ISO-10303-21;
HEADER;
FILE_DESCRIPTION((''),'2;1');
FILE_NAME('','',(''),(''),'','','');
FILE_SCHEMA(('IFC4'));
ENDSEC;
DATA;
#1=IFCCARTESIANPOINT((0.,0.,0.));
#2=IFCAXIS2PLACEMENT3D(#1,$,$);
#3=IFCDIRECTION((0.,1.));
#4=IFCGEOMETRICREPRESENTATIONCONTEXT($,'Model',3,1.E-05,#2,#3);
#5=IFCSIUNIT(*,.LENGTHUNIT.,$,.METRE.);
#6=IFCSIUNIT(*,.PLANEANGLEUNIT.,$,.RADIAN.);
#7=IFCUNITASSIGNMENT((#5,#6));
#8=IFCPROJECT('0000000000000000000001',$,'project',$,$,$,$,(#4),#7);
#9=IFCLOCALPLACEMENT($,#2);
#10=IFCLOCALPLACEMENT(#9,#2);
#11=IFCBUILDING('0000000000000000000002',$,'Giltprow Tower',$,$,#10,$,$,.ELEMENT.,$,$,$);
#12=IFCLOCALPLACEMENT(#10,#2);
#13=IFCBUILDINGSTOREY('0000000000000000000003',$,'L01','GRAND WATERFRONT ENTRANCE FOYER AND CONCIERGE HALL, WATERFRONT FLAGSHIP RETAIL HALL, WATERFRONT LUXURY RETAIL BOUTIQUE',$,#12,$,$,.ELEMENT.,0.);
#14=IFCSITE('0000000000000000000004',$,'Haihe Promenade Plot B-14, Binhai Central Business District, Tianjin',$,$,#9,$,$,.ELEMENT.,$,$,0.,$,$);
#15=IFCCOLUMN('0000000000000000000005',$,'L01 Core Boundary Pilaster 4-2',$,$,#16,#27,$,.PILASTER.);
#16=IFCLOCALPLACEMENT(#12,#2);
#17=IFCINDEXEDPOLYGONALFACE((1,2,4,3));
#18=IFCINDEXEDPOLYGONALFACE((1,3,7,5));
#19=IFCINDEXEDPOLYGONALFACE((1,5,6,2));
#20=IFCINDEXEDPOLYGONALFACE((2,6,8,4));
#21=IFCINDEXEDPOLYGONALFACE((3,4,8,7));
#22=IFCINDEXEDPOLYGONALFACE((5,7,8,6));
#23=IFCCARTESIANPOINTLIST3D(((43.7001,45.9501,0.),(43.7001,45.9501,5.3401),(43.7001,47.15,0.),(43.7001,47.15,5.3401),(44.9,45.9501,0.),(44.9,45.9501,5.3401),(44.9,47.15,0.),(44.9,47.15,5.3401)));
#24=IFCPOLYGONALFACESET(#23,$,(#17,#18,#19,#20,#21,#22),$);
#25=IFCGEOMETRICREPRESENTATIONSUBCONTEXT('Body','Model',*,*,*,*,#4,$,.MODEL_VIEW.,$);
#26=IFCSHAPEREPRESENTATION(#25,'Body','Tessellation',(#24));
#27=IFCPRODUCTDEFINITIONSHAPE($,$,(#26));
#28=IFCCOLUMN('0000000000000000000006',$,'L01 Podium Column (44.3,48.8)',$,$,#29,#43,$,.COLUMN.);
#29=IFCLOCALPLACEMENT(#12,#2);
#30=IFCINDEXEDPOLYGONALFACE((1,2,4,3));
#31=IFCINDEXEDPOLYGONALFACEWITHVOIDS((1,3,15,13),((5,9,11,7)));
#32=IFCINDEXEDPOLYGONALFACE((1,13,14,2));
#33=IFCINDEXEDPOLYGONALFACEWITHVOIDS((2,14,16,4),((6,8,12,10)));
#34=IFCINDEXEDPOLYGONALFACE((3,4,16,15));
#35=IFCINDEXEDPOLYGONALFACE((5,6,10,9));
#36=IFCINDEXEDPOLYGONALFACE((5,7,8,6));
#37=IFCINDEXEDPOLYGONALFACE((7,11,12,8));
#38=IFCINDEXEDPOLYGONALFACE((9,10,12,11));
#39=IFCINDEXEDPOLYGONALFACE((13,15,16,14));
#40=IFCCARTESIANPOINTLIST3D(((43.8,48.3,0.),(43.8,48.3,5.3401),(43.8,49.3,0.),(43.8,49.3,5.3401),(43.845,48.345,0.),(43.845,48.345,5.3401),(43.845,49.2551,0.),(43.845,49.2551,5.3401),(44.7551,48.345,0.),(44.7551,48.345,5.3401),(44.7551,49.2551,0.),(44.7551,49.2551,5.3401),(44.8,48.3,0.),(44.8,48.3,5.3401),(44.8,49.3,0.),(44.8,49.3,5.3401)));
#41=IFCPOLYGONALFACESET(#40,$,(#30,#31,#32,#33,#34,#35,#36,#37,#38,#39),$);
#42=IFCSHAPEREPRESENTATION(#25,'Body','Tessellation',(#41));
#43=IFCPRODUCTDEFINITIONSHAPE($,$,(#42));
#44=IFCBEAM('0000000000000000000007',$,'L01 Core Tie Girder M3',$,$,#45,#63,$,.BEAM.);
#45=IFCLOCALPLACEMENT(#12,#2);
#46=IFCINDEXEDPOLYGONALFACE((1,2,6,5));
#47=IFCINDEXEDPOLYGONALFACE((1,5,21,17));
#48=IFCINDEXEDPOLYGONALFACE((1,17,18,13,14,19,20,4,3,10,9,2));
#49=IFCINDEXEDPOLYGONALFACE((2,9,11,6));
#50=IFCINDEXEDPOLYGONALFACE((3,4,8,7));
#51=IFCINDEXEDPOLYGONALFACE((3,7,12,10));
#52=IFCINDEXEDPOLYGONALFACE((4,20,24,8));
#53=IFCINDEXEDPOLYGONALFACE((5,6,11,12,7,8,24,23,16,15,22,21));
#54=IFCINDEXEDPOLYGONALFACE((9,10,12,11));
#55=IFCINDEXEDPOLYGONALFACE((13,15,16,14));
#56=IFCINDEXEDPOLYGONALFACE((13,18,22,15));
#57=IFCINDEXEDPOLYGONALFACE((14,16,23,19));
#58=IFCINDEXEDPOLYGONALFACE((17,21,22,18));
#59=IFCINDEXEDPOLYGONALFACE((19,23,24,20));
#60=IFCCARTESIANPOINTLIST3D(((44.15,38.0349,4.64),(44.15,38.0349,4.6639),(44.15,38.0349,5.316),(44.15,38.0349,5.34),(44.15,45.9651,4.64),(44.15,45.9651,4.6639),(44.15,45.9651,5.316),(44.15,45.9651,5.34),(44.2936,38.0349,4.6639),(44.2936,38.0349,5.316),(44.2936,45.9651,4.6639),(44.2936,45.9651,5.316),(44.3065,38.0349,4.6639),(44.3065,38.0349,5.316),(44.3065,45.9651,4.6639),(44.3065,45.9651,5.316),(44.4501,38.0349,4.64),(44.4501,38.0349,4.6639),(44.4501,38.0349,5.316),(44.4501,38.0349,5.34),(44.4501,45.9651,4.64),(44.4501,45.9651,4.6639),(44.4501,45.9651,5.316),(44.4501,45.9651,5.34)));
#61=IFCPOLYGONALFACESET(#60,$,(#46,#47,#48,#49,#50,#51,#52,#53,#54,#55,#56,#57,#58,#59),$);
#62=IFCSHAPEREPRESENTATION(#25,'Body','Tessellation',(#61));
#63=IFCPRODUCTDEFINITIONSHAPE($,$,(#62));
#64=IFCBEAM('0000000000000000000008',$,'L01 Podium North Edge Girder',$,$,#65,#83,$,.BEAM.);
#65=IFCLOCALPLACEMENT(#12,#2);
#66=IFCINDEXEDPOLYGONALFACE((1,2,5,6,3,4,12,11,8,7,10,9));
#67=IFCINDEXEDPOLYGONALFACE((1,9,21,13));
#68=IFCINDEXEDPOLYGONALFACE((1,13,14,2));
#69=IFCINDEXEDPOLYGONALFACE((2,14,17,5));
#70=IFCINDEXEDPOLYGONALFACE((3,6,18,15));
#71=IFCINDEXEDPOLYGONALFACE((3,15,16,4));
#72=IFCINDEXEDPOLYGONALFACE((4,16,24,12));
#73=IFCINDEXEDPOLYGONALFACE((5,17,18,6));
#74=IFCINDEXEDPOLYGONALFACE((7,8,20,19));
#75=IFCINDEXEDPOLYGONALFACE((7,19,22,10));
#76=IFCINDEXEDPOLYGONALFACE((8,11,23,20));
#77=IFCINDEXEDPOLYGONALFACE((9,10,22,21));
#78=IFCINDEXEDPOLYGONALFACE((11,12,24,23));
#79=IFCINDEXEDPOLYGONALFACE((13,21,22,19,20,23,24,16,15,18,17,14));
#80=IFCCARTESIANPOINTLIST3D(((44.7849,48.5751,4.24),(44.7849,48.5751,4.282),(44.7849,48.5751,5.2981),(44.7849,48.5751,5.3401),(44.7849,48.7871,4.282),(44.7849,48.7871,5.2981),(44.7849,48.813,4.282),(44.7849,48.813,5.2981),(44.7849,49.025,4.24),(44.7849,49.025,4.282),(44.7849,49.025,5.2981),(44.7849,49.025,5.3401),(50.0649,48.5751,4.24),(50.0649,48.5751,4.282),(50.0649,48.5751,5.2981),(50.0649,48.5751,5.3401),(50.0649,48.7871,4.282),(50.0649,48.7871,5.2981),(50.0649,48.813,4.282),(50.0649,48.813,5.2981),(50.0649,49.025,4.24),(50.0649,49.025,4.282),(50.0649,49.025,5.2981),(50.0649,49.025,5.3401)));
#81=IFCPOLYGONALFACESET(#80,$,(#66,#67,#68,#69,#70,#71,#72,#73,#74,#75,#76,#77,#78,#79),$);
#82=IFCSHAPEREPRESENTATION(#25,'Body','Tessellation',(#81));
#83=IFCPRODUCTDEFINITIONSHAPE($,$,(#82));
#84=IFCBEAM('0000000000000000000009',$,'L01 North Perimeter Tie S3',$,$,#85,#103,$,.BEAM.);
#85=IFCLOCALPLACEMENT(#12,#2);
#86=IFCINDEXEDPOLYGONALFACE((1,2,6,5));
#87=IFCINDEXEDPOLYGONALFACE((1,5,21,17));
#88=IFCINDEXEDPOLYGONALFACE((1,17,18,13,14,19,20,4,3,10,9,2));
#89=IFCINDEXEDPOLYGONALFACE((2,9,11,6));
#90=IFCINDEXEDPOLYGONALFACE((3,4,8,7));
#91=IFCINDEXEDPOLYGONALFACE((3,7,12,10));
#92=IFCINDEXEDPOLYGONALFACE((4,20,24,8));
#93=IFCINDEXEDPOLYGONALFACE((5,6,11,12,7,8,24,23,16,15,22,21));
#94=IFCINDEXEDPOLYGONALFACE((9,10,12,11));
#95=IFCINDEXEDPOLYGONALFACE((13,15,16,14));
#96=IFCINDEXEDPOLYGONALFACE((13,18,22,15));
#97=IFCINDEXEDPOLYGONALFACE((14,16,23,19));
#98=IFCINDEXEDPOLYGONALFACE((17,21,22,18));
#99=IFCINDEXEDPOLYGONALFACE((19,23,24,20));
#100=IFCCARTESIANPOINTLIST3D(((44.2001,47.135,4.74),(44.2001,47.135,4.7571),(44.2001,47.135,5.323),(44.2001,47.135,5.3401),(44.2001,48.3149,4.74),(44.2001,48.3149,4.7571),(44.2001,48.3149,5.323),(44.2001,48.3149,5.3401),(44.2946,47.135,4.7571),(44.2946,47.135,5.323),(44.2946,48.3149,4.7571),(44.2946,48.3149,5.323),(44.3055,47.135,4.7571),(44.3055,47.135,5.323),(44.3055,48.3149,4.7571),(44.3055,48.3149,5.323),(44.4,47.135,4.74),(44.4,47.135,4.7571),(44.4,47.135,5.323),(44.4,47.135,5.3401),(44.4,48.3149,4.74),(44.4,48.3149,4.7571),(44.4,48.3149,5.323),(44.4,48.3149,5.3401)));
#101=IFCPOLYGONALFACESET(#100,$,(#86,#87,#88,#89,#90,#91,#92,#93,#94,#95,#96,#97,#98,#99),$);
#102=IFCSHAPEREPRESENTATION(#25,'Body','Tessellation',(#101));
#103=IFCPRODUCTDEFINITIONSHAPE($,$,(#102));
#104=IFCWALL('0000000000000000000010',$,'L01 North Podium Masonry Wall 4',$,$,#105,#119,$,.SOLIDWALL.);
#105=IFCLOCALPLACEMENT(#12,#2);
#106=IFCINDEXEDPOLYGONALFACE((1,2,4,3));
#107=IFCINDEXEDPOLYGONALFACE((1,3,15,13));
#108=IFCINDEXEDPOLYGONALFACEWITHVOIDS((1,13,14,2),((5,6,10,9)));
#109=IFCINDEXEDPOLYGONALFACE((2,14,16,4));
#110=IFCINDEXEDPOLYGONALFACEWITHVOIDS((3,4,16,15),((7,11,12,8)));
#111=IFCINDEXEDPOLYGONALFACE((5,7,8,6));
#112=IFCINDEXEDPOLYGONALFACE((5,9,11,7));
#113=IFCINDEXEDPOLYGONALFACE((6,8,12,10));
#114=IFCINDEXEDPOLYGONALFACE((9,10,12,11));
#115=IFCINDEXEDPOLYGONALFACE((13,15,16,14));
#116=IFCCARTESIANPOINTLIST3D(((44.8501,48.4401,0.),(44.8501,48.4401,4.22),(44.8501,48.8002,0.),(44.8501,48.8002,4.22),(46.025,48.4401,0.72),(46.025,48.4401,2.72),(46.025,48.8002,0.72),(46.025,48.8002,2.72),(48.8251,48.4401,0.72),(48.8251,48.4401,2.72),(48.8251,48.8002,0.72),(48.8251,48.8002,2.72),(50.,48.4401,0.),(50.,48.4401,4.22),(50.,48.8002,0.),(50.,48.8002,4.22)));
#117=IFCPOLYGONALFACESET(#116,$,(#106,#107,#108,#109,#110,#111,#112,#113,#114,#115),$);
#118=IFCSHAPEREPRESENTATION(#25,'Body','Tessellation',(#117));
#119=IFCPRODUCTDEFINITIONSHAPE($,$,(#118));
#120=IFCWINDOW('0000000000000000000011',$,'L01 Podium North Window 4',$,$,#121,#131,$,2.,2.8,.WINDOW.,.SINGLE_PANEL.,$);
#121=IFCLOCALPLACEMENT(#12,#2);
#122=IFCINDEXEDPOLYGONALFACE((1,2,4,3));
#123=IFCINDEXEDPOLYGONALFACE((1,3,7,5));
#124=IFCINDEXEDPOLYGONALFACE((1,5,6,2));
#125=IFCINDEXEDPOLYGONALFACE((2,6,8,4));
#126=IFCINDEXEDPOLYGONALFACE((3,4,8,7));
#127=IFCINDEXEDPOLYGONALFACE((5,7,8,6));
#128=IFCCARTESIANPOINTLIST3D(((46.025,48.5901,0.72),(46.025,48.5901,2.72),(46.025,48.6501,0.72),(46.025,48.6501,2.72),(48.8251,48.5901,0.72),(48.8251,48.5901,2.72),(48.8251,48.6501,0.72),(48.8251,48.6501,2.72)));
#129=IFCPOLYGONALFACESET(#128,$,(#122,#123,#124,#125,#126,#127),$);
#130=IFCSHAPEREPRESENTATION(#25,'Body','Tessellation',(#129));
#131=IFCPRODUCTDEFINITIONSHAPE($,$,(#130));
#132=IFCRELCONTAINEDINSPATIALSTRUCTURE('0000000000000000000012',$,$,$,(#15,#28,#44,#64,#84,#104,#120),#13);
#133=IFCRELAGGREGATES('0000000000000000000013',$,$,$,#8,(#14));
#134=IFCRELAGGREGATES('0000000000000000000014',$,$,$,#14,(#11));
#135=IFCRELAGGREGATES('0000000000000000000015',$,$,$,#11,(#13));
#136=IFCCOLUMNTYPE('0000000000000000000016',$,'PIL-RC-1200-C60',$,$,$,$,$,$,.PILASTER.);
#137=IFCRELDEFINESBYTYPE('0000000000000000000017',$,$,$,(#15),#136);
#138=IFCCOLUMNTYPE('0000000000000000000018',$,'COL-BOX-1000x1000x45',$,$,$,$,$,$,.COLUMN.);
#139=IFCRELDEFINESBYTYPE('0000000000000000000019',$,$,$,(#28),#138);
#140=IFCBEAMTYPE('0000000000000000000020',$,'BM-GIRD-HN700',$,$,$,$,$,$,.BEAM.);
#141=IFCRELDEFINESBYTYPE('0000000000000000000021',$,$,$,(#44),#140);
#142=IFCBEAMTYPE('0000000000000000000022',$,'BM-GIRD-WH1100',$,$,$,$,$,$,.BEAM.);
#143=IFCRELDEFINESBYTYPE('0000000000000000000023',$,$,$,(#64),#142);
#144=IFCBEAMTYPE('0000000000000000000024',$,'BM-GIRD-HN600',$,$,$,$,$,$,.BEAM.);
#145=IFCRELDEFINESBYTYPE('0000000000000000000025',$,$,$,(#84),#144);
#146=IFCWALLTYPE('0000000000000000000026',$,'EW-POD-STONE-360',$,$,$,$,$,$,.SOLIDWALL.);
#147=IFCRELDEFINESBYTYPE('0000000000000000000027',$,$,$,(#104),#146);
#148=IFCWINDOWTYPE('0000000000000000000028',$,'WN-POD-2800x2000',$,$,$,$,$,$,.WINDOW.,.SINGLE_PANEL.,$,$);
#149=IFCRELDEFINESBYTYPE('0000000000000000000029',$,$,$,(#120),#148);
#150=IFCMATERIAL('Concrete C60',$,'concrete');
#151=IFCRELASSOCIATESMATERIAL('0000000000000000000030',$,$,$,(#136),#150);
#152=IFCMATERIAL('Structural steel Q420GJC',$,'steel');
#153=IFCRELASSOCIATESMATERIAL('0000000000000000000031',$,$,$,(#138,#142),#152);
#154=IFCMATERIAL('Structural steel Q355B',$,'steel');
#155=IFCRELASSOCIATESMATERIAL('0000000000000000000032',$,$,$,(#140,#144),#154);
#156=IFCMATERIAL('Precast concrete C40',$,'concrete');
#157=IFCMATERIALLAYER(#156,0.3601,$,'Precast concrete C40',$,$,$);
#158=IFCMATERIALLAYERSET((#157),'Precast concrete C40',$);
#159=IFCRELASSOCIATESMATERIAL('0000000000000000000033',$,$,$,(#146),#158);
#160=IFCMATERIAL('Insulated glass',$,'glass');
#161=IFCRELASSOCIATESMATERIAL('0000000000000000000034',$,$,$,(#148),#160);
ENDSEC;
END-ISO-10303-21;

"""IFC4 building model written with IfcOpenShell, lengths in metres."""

from ifc_helpers import new_model, si_unit, direction, frame, frame_2d, origin, origin_2d, place, context, subcontext, project, spatial, rectangle, hollow_rectangle, i_section, extrude, source, transform, mapped, material, layer, layer_set, material_profile, profile_set, type_object, element, fill, save


model = new_model("IFC4")

# Units and contexts
model_context = context("Model", 3, precision=1e-05, world=origin(), true_north=direction((0.0, 1.0)))
body_context = subcontext(model_context, "Body", "Model", "MODEL_VIEW")
ifc_project = project(units=[si_unit("LENGTHUNIT", "METRE"), si_unit("PLANEANGLEUNIT", "RADIAN")], contexts=[model_context])

# Site, building, storey
site_placement = place(None, origin())
site = spatial("IfcSite", under=ifc_project, at=site_placement, Name="Haihe Promenade Plot B-14, Binhai Central Business District, Tianjin", CompositionType="ELEMENT", RefElevation=0.0)
building_placement = place(site_placement, origin())
building = spatial("IfcBuilding", under=site, at=building_placement, Name="Giltprow Tower", CompositionType="ELEMENT")
storey_placement = place(building_placement, origin())
storey = spatial("IfcBuildingStorey", under=building, at=storey_placement, Name="L01", Description="GRAND WATERFRONT ENTRANCE FOYER AND CONCIERGE HALL, WATERFRONT FLAGSHIP RETAIL HALL, WATERFRONT LUXURY RETAIL BOUTIQUE", CompositionType="ELEMENT", Elevation=0.0)

# Columns
ifc_material_1 = material(Name="Concrete C60", Category="concrete")
ifc_material_profile_1 = material_profile(ifc_material_1, rectangle(XDim=1.2, YDim=1.2, at=origin_2d()), Name="RC 1200x1200")
ifc_profile_set_1 = profile_set([ifc_material_profile_1], Name="Concrete C60")
column_type_1 = type_object("IfcColumnType", Name="PIL-RC-1200-C60", PredefinedType="PILASTER", material=ifc_profile_set_1)
shared_shape_1 = source(origin(), body_context, "Body", "SweptSolid", [
    extrude(rectangle(XDim=1.2, YDim=1.2, at=origin_2d()), origin(), (0.0, 0.0, 1.0), 5.3401),
])
column_1_placement = place(storey_placement, frame((44.3, 46.55, 0.0), z_axis=(0.0, 0.0, 1.0), x_axis=(1.0, 0.0, 0.0)))
element("IfcColumn", 1, at=column_1_placement, inside=storey, type_object=column_type_1, Name="L01 Core Boundary Pilaster 4-2", PredefinedType="PILASTER", context=body_context, shape_type="MappedRepresentation", body=[
    mapped(shared_shape_1, transform((0.0, 0.0, 0.0), x_axis=(1.0, 0.0, 0.0), y_axis=(0.0, 1.0, 0.0), z_axis=(0.0, 0.0, 1.0), scale=1.0)),
])
ifc_material_2 = material(Name="Structural steel Q420GJC", Category="steel")
ifc_material_profile_2 = material_profile(ifc_material_2, hollow_rectangle(XDim=1.0, YDim=1.0, WallThickness=0.0449, at=origin_2d()), Name="BOX 1000x1000x45")
ifc_profile_set_2 = profile_set([ifc_material_profile_2], Name="Structural steel Q420GJC")
column_type_2 = type_object("IfcColumnType", Name="COL-BOX-1000x1000x45", PredefinedType="COLUMN", material=ifc_profile_set_2)
shared_shape_2 = source(origin(), body_context, "Body", "SweptSolid", [
    extrude(hollow_rectangle(XDim=1.0, YDim=1.0, WallThickness=0.0449, at=origin_2d()), origin(), (0.0, 0.0, 1.0), 5.3401),
])
column_2_placement = place(storey_placement, frame((44.3, 48.8, 0.0), z_axis=(0.0, 0.0, 1.0), x_axis=(1.0, 0.0, 0.0)))
element("IfcColumn", 2, at=column_2_placement, inside=storey, type_object=column_type_2, Name="L01 Podium Column (44.3,48.8)", PredefinedType="COLUMN", context=body_context, shape_type="MappedRepresentation", body=[
    mapped(shared_shape_2, transform((0.0, 0.0, 0.0), x_axis=(1.0, 0.0, 0.0), y_axis=(0.0, 1.0, 0.0), z_axis=(0.0, 0.0, 1.0), scale=1.0)),
])

# Beams
ifc_material_3 = material(Name="Structural steel Q355B", Category="steel")
ifc_material_profile_3 = material_profile(ifc_material_3, i_section(OverallWidth=0.3, OverallDepth=0.7, WebThickness=0.0129, FlangeThickness=0.0239, at=origin_2d()), Name="HN 700x300x13x24")
ifc_profile_set_3 = profile_set([ifc_material_profile_3], Name="Structural steel Q355B")
beam_type_1 = type_object("IfcBeamType", Name="BM-GIRD-HN700", PredefinedType="BEAM", material=ifc_profile_set_3)
shared_shape_3 = source(origin(), body_context, "Body", "SweptSolid", [
    extrude(i_section(OverallWidth=0.3, OverallDepth=0.7, WebThickness=0.0129, FlangeThickness=0.0239, at=origin_2d()), origin(), (0.0, 0.0, 1.0), 7.9302),
])
beam_1_placement = place(storey_placement, frame((44.3, 38.0349, 4.99), z_axis=(0.0, 1.0, 0.0), x_axis=(-1.0, 0.0, 0.0)))
element("IfcBeam", 3, at=beam_1_placement, inside=storey, type_object=beam_type_1, Name="L01 Core Tie Girder M3", PredefinedType="BEAM", context=body_context, shape_type="MappedRepresentation", body=[
    mapped(shared_shape_3, transform((0.0, 0.0, 0.0), x_axis=(1.0, 0.0, 0.0), y_axis=(0.0, 1.0, 0.0), z_axis=(0.0, 0.0, 1.0), scale=1.0)),
])
ifc_material_profile_4 = material_profile(ifc_material_2, i_section(OverallWidth=0.45, OverallDepth=1.1001, WebThickness=0.0259, FlangeThickness=0.042, at=origin_2d()), Name="WH 1100x450x26x42")
ifc_profile_set_4 = profile_set([ifc_material_profile_4], Name="Structural steel Q420GJC")
beam_type_2 = type_object("IfcBeamType", Name="BM-GIRD-WH1100", PredefinedType="BEAM", material=ifc_profile_set_4)
shared_shape_4 = source(origin(), body_context, "Body", "SweptSolid", [
    extrude(i_section(OverallWidth=0.45, OverallDepth=1.1001, WebThickness=0.0259, FlangeThickness=0.042, at=origin_2d()), origin(), (0.0, 0.0, 1.0), 5.28),
])
beam_2_placement = place(storey_placement, frame((44.7849, 48.8, 4.79), z_axis=(1.0, 0.0, 0.0), x_axis=(0.0, 1.0, 0.0)))
element("IfcBeam", 4, at=beam_2_placement, inside=storey, type_object=beam_type_2, Name="L01 Podium North Edge Girder", PredefinedType="BEAM", context=body_context, shape_type="MappedRepresentation", body=[
    mapped(shared_shape_4, transform((0.0, 0.0, 0.0), x_axis=(1.0, 0.0, 0.0), y_axis=(0.0, 1.0, 0.0), z_axis=(0.0, 0.0, 1.0), scale=1.0)),
])
ifc_material_profile_5 = material_profile(ifc_material_3, i_section(OverallWidth=0.2, OverallDepth=0.6001, WebThickness=0.011, FlangeThickness=0.0171, at=origin_2d()), Name="HN 600x200x11x17")
ifc_profile_set_5 = profile_set([ifc_material_profile_5], Name="Structural steel Q355B")
beam_type_3 = type_object("IfcBeamType", Name="BM-GIRD-HN600", PredefinedType="BEAM", material=ifc_profile_set_5)
shared_shape_5 = source(origin(), body_context, "Body", "SweptSolid", [
    extrude(i_section(OverallWidth=0.2, OverallDepth=0.6001, WebThickness=0.011, FlangeThickness=0.0171, at=origin_2d()), origin(), (0.0, 0.0, 1.0), 1.1799),
])
beam_3_placement = place(storey_placement, frame((44.3, 47.135, 5.04), z_axis=(0.0, 1.0, 0.0), x_axis=(-1.0, 0.0, 0.0)))
element("IfcBeam", 5, at=beam_3_placement, inside=storey, type_object=beam_type_3, Name="L01 North Perimeter Tie S3", PredefinedType="BEAM", context=body_context, shape_type="MappedRepresentation", body=[
    mapped(shared_shape_5, transform((0.0, 0.0, 0.0), x_axis=(1.0, 0.0, 0.0), y_axis=(0.0, 1.0, 0.0), z_axis=(0.0, 0.0, 1.0), scale=1.0)),
])

# Wall, opening, window
ifc_material_4 = material(Name="Precast concrete C40", Category="concrete")
ifc_layer_1 = layer(ifc_material_4, 0.3601, Name="Precast concrete C40")
ifc_layer_set_1 = layer_set([ifc_layer_1], Name="Precast concrete C40")
wall_type_1 = type_object("IfcWallType", Name="EW-POD-STONE-360", PredefinedType="SOLIDWALL", material=ifc_layer_set_1)
wall_1_placement = place(storey_placement, frame((44.8501, 48.6201, 0.0), z_axis=(0.0, 0.0, 1.0), x_axis=(1.0, 0.0, 0.0)))
wall_1 = element("IfcWall", 6, at=wall_1_placement, inside=storey, type_object=wall_type_1, Name="L01 North Podium Masonry Wall 4", PredefinedType="SOLIDWALL", context=body_context, shape_type="SweptSolid", body=[
    extrude(rectangle(XDim=5.1499, YDim=0.3601, at=frame_2d((2.575, 0.0))), origin(), (0.0, 0.0, 1.0), 4.22),
])
opening_1_placement = place(wall_1_placement, frame((1.175, 0.0, 0.72)))
opening_1 = element("IfcOpeningElement", 7, at=opening_1_placement, cuts=wall_1, PredefinedType="OPENING", context=body_context, shape_type="SweptSolid", body=[
    extrude(rectangle(XDim=2.8, YDim=2.0, at=frame_2d((1.3999, 1.0))), frame((0.0, 0.1899, 0.0), z_axis=(0.0, -1.0, 0.0), x_axis=(1.0, 0.0, 0.0)), (0.0, 0.0, 1.0), 0.3801),
])
ifc_material_5 = material(Name="Insulated glass", Category="glass")
window_type = type_object("IfcWindowType", Name="WN-POD-2800x2000", PartitioningType="SINGLE_PANEL", PredefinedType="WINDOW", material=ifc_material_5)
shared_shape_6 = source(origin(), body_context, "Body", "SweptSolid", [
    extrude(rectangle(XDim=2.8, YDim=2.0, at=frame_2d((1.3999, 1.0))), frame((0.0, 0.03, 0.0), z_axis=(0.0, -1.0, 0.0), x_axis=(1.0, 0.0, 0.0)), (0.0, 0.0, 1.0), 0.0601),
])
window_placement = place(opening_1_placement, origin())
window = element("IfcWindow", 8, at=window_placement, inside=storey, type_object=window_type, Name="L01 Podium North Window 4", OverallHeight=2.0, OverallWidth=2.8, PartitioningType="SINGLE_PANEL", PredefinedType="WINDOW", context=body_context, shape_type="MappedRepresentation", body=[
    mapped(shared_shape_6, transform((0.0, 0.0, 0.0), x_axis=(1.0, 0.0, 0.0), y_axis=(0.0, 1.0, 0.0), z_axis=(0.0, 0.0, 1.0), scale=1.0)),
])
fill(opening_1, window)

save(model, "model.ifc")
